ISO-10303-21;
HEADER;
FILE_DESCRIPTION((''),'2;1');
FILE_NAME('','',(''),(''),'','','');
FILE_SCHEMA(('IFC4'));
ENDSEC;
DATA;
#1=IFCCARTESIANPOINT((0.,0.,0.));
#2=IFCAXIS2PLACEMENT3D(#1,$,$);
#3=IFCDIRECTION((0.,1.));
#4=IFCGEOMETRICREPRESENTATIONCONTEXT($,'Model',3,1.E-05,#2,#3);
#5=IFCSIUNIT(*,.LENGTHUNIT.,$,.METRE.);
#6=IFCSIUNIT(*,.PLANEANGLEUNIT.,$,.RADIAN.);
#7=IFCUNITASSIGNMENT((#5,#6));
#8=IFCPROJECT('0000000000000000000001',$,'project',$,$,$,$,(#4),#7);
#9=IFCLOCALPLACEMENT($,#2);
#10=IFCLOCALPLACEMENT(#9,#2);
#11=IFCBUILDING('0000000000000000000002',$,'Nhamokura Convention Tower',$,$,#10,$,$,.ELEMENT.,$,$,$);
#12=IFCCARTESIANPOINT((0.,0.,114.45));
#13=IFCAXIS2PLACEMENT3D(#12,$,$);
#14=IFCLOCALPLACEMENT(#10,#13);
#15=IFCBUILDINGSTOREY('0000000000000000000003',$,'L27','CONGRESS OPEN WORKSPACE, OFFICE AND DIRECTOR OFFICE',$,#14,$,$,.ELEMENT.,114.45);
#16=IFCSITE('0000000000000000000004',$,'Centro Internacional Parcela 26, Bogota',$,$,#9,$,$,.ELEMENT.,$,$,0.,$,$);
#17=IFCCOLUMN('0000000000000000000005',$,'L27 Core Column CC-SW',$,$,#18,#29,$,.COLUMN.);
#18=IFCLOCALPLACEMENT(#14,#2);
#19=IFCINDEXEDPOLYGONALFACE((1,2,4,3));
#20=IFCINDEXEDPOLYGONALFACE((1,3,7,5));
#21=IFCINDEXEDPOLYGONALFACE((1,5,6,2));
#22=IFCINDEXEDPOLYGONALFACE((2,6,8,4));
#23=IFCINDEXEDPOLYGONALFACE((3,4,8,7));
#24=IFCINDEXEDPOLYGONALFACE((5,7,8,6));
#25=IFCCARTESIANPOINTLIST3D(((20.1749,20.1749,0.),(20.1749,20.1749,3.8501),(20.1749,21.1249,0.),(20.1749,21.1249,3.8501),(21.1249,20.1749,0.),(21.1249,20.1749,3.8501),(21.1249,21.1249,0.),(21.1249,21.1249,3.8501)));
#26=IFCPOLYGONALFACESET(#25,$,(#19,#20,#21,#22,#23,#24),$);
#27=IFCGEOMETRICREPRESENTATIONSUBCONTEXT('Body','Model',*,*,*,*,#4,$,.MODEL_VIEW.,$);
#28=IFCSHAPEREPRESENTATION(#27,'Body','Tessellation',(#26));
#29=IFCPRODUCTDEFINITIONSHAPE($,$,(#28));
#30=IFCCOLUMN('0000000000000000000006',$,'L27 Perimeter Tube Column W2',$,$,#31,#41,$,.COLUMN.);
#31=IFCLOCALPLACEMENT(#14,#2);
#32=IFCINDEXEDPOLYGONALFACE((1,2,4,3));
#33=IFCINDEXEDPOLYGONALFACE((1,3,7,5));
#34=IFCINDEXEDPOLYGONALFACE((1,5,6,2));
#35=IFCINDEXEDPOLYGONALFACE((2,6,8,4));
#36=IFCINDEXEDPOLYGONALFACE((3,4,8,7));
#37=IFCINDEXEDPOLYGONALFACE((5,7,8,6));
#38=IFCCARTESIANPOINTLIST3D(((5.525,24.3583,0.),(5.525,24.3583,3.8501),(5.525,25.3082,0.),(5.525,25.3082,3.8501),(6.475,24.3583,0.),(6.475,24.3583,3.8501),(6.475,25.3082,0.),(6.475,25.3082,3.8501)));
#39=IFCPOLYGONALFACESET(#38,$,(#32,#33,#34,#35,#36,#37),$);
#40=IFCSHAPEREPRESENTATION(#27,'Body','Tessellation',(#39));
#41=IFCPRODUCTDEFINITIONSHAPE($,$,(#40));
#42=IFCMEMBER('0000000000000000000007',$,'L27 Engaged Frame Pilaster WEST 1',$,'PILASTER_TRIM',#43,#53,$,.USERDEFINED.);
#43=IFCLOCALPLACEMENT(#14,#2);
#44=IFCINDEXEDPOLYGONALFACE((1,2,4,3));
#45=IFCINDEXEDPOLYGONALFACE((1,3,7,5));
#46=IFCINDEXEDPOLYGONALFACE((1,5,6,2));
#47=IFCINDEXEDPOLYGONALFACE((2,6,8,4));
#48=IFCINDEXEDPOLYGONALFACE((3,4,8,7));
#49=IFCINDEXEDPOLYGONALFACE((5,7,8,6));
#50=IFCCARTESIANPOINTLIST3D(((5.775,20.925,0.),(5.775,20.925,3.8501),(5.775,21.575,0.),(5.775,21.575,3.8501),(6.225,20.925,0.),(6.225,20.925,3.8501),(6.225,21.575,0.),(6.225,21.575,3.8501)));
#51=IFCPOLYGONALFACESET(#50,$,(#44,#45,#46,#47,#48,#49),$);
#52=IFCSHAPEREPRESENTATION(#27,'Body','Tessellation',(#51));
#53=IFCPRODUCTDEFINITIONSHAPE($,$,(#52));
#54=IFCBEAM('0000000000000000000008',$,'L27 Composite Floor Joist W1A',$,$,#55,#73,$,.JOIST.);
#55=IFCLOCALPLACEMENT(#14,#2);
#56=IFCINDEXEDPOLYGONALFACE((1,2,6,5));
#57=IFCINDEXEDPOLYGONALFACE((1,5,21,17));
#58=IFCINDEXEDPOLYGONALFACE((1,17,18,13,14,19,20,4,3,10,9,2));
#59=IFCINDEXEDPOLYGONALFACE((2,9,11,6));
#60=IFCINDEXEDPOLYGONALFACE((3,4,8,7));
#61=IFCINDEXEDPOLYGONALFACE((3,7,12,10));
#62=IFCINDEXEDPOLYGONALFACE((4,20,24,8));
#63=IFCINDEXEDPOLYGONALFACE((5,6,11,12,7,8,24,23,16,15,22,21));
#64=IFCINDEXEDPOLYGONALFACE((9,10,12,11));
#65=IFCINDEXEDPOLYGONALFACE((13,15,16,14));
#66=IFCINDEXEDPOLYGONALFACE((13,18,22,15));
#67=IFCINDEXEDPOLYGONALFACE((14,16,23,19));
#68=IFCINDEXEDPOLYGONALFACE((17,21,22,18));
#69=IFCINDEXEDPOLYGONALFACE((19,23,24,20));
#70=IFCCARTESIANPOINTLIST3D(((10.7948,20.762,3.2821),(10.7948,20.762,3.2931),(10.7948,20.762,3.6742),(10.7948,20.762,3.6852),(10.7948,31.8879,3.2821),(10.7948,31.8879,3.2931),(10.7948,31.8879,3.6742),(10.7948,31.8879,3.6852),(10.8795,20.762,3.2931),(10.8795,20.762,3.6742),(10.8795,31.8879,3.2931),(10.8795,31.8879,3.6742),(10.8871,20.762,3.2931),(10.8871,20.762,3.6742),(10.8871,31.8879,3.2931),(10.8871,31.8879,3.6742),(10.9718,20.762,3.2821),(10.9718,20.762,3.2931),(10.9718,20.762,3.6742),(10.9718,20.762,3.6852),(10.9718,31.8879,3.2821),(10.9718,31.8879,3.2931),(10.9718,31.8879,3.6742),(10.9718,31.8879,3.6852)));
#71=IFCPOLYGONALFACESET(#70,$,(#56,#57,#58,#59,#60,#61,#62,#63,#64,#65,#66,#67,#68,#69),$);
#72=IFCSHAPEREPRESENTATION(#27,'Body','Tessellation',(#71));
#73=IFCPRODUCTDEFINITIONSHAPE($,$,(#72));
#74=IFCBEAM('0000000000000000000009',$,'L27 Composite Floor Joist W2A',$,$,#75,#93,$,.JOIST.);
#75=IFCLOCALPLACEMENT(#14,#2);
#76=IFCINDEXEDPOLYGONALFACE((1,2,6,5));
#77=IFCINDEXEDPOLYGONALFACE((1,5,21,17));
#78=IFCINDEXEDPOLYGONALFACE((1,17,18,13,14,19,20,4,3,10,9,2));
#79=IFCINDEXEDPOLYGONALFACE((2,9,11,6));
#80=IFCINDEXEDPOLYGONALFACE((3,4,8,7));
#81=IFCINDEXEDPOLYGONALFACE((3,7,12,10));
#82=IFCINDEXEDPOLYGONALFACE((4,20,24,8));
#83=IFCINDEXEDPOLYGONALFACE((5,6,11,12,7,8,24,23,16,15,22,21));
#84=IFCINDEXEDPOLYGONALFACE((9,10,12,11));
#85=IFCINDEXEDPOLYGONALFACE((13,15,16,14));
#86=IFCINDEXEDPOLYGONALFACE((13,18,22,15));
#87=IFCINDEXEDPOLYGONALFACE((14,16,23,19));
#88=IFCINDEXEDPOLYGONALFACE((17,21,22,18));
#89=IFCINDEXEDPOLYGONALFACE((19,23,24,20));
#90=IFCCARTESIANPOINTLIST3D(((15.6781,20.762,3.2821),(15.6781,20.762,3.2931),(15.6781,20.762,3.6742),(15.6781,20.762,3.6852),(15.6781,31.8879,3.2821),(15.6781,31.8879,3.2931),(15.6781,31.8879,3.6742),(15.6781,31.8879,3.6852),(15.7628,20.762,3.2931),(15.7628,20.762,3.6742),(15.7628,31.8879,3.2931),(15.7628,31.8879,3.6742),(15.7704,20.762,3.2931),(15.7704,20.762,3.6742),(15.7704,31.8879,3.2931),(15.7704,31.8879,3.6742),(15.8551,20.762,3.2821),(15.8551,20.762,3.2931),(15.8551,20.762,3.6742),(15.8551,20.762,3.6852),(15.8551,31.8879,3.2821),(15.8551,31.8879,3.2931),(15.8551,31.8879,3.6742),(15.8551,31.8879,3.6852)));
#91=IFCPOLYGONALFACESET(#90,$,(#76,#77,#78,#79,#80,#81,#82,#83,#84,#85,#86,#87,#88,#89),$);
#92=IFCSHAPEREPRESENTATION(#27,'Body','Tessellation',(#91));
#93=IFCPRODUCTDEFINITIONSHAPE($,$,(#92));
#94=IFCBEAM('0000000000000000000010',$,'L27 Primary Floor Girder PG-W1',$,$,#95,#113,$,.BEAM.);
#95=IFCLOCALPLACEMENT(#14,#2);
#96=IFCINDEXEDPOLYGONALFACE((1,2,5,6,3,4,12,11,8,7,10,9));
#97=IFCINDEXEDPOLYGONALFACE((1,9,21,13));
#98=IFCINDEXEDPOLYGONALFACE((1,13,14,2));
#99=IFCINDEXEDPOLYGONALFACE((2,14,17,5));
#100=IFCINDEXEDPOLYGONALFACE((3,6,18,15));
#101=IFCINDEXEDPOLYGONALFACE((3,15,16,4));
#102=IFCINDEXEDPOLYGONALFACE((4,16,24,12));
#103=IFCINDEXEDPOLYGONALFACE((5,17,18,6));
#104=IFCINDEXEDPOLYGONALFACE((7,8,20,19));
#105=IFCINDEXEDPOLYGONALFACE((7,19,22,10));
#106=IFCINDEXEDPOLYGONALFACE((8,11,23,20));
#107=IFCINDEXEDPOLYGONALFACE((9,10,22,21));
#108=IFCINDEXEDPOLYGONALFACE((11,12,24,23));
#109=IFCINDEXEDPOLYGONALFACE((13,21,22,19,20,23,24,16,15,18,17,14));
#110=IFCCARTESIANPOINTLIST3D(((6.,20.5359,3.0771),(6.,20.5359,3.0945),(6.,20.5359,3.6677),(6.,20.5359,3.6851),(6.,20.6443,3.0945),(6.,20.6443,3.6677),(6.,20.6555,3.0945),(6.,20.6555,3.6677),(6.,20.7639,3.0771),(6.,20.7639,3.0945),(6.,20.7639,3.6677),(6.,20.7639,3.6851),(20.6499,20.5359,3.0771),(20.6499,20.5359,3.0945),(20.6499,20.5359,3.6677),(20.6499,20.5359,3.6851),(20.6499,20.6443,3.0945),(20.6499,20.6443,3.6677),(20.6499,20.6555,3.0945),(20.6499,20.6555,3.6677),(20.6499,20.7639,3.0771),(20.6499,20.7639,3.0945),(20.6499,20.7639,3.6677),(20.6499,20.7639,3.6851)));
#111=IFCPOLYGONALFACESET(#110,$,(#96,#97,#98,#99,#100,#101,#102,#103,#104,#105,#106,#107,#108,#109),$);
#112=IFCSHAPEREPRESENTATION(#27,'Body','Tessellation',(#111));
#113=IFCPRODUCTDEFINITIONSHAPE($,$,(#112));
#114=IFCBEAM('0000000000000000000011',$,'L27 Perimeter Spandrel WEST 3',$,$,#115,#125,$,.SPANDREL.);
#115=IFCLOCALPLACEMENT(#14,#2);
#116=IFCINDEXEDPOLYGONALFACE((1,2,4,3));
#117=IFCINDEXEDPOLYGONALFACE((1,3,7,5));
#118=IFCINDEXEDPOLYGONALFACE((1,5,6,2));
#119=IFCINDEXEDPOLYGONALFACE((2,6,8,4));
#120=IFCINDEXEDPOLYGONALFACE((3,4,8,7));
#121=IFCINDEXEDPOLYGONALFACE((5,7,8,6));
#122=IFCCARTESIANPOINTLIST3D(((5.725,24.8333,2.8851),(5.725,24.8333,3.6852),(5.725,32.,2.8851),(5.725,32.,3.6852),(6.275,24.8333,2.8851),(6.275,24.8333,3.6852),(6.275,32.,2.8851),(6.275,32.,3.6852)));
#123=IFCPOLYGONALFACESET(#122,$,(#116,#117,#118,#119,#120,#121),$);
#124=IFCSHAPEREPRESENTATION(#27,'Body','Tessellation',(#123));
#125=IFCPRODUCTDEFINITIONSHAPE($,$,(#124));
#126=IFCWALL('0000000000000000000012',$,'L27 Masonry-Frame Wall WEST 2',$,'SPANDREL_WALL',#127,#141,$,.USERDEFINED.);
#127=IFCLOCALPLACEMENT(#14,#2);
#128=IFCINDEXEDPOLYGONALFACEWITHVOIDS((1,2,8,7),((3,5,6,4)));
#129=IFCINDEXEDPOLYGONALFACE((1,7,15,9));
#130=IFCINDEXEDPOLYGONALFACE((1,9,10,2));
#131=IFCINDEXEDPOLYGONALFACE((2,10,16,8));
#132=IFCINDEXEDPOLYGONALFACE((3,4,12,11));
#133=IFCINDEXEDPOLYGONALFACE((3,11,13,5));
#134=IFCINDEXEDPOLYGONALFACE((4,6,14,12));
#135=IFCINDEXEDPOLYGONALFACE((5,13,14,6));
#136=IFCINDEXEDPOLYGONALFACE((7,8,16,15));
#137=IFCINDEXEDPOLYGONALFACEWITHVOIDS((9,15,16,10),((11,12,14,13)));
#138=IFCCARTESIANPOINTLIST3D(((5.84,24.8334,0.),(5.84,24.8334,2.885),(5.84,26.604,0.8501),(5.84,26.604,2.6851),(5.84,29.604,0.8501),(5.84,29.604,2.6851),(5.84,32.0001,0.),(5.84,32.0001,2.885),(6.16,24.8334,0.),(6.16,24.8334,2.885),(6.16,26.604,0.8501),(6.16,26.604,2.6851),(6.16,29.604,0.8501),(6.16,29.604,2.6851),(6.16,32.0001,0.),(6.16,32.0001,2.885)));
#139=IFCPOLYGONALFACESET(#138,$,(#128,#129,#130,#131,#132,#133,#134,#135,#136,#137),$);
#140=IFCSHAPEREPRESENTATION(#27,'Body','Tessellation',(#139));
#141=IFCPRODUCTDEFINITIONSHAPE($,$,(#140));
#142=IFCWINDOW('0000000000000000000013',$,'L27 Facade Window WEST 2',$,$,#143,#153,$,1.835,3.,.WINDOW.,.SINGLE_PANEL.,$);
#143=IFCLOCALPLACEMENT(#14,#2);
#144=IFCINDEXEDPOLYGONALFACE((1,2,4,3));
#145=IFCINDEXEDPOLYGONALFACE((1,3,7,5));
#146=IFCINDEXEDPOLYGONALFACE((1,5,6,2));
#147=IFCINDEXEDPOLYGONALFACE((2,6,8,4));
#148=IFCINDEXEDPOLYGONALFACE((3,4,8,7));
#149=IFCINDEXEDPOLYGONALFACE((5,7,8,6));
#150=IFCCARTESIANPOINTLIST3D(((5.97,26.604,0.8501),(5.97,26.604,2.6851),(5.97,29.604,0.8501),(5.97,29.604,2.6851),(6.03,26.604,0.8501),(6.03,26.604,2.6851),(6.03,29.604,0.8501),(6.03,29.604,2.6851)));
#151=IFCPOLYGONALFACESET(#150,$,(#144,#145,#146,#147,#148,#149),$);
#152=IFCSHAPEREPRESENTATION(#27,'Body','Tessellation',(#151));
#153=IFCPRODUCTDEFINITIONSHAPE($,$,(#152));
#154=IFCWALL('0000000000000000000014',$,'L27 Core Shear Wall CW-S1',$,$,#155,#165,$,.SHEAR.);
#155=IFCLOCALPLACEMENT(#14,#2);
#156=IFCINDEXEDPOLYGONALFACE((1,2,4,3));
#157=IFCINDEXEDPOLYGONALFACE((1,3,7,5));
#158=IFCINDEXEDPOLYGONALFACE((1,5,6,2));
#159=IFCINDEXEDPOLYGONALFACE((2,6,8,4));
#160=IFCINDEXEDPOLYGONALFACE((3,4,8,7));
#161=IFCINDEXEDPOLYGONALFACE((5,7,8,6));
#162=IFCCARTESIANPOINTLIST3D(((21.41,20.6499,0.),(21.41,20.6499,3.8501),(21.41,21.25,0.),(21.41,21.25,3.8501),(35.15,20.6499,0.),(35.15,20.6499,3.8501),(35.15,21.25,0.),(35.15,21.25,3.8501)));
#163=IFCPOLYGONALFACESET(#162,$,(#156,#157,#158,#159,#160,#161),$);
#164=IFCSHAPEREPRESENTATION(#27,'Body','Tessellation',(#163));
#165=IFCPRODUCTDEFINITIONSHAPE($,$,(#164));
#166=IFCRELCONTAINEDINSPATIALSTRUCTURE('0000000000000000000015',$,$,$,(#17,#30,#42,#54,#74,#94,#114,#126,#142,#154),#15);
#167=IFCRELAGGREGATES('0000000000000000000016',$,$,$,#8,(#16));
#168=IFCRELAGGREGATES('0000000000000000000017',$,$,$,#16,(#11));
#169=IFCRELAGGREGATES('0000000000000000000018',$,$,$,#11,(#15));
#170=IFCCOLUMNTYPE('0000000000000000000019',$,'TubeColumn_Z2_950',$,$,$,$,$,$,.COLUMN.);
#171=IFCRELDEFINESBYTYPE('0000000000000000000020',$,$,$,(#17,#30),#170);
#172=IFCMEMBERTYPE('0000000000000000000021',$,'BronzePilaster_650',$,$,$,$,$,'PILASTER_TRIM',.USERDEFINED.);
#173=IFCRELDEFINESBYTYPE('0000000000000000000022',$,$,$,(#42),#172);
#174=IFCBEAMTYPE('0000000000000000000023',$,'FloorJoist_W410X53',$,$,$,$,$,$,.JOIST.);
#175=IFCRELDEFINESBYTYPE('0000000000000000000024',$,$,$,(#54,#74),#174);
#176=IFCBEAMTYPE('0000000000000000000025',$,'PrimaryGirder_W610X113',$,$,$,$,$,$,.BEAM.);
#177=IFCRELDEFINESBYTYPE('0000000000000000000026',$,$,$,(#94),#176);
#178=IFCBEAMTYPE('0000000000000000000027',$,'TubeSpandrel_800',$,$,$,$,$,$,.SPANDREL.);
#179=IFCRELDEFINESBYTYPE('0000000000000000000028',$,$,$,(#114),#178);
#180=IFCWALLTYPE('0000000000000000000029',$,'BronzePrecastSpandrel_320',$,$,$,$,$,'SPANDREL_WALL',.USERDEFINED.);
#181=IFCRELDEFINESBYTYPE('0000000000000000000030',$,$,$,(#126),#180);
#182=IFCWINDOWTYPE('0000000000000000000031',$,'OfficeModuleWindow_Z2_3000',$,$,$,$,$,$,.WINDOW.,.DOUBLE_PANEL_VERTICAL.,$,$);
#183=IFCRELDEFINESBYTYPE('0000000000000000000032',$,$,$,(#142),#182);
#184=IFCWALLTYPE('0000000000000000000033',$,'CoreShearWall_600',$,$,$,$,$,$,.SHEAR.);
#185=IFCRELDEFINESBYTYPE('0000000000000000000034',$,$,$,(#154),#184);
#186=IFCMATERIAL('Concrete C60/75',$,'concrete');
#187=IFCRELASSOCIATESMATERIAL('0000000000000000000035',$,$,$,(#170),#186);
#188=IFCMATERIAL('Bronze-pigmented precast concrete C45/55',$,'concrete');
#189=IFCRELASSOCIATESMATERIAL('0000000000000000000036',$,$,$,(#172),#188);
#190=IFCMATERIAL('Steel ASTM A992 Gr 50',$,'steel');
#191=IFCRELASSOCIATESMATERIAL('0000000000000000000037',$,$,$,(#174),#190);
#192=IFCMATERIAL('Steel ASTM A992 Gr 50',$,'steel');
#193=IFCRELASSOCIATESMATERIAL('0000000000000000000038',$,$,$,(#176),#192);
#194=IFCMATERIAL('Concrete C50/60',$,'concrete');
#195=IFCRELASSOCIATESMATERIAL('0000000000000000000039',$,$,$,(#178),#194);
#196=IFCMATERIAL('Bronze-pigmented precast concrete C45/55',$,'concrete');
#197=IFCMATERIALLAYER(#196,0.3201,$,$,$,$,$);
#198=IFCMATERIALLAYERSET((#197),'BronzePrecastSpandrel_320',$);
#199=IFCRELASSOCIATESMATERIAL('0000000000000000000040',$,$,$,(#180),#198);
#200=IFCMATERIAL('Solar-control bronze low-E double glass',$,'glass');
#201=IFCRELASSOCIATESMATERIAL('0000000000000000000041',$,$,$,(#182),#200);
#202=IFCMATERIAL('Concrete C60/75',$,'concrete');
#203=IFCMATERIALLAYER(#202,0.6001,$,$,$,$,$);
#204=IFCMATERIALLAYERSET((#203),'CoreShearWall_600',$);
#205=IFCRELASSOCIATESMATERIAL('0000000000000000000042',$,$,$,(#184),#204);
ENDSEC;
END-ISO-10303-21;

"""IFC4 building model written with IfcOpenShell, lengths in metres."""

from ifc_helpers import new_model, si_unit, direction, frame, frame_2d, origin, origin_2d, place, context, subcontext, project, spatial, rectangle, i_section, extrude, material, layer, layer_set, material_profile, profile_set, type_object, element, fill, save


model = new_model("IFC4")

# Units and contexts
model_context = context("Model", 3, precision=1e-05, world=origin(), true_north=direction((0.0, 1.0)))
body_context = subcontext(model_context, "Body", "Model", "MODEL_VIEW")
ifc_project = project(units=[si_unit("LENGTHUNIT", "METRE"), si_unit("PLANEANGLEUNIT", "RADIAN")], contexts=[model_context])

# Site, building, storey
site_placement = place(None, origin())
site = spatial("IfcSite", under=ifc_project, at=site_placement, Name="Centro Internacional Parcela 26, Bogota", CompositionType="ELEMENT", RefElevation=0.0)
building_placement = place(site_placement, origin())
building = spatial("IfcBuilding", under=site, at=building_placement, Name="Nhamokura Convention Tower", CompositionType="ELEMENT")
storey_placement = place(building_placement, frame((0.0, 0.0, 114.45)))
storey = spatial("IfcBuildingStorey", under=building, at=storey_placement, Name="L27", Description="CONGRESS OPEN WORKSPACE, OFFICE AND DIRECTOR OFFICE", CompositionType="ELEMENT", Elevation=114.45)

# Columns
ifc_material_1 = material(Name="Concrete C60/75", Category="concrete")
ifc_material_profile_1 = material_profile(ifc_material_1, rectangle(XDim=0.95, YDim=0.95, at=origin_2d()))
ifc_profile_set_1 = profile_set([ifc_material_profile_1], Name="Concrete C60/75")
column_type = type_object("IfcColumnType", Name="TubeColumn_Z2_950", PredefinedType="COLUMN", material=ifc_profile_set_1)
for number, where, z_axis, x_axis, name in (
    (1, (20.6499, 20.6499, 0.0), (0.0, 0.0, 1.0), (1.0, 0.0, 0.0), "L27 Core Column CC-SW"),
    (2, (6.0, 24.8333, 0.0), (0.0, 0.0, 1.0), (1.0, 0.0, 0.0), "L27 Perimeter Tube Column W2"),
):
    element("IfcColumn", number, at=place(storey_placement, frame(where, z_axis=z_axis, x_axis=x_axis)), inside=storey, type_object=column_type, Name=name, PredefinedType="COLUMN", context=body_context, shape_type="SweptSolid", body=[
        extrude(rectangle(XDim=0.95, YDim=0.95, at=origin_2d()), origin(), (0.0, 0.0, 1.0), 3.8501),
    ])

# Member
ifc_material_2 = material(Name="Bronze-pigmented precast concrete C45/55", Category="concrete")
ifc_material_profile_2 = material_profile(ifc_material_2, rectangle(XDim=0.45, YDim=0.6499, at=origin_2d()))
ifc_profile_set_2 = profile_set([ifc_material_profile_2], Name="Bronze-pigmented precast concrete C45/55")
member_type = type_object("IfcMemberType", Name="BronzePilaster_650", ElementType="PILASTER_TRIM", PredefinedType="USERDEFINED", material=ifc_profile_set_2)
member_placement = place(storey_placement, frame((6.0, 21.25, 0.0), z_axis=(0.0, 0.0, 1.0), x_axis=(1.0, 0.0, 0.0)))
element("IfcMember", 3, at=member_placement, inside=storey, type_object=member_type, Name="L27 Engaged Frame Pilaster WEST 1", ObjectType="PILASTER_TRIM", PredefinedType="USERDEFINED", context=body_context, shape_type="SweptSolid", body=[
    extrude(rectangle(XDim=0.45, YDim=0.6499, at=origin_2d()), origin(), (0.0, 0.0, 1.0), 3.8501),
])

# Beams
ifc_material_3 = material(Name="Steel ASTM A992 Gr 50", Category="steel")
ifc_material_profile_3 = material_profile(ifc_material_3, i_section(OverallWidth=0.177, OverallDepth=0.4031, WebThickness=0.0076, FlangeThickness=0.011, at=origin_2d()))
ifc_profile_set_3 = profile_set([ifc_material_profile_3], Name="Steel ASTM A992 Gr 50")
beam_type_1 = type_object("IfcBeamType", Name="FloorJoist_W410X53", PredefinedType="JOIST", material=ifc_profile_set_3)
for number, where, z_axis, x_axis, name in (
    (4, (10.8833, 20.762, 3.4836), (0.0, 1.0, 0.0), (-1.0, 0.0, 0.0), "L27 Composite Floor Joist W1A"),
    (5, (15.7666, 20.762, 3.4836), (0.0, 1.0, 0.0), (-1.0, 0.0, 0.0), "L27 Composite Floor Joist W2A"),
):
    element("IfcBeam", number, at=place(storey_placement, frame(where, z_axis=z_axis, x_axis=x_axis)), inside=storey, type_object=beam_type_1, Name=name, PredefinedType="JOIST", context=body_context, shape_type="SweptSolid", body=[
        extrude(i_section(OverallWidth=0.177, OverallDepth=0.4031, WebThickness=0.0076, FlangeThickness=0.011, at=origin_2d()), origin(), (0.0, 0.0, 1.0), 11.126),
    ])
ifc_material_4 = material(Name="Steel ASTM A992 Gr 50", Category="steel")
ifc_material_profile_4 = material_profile(ifc_material_4, i_section(OverallWidth=0.228, OverallDepth=0.6079, WebThickness=0.0112, FlangeThickness=0.0173, at=origin_2d()))
ifc_profile_set_4 = profile_set([ifc_material_profile_4], Name="Steel ASTM A992 Gr 50")
beam_type_2 = type_object("IfcBeamType", Name="PrimaryGirder_W610X113", PredefinedType="BEAM", material=ifc_profile_set_4)
beam_1_placement = place(storey_placement, frame((6.0, 20.6499, 3.3811), z_axis=(1.0, 0.0, 0.0), x_axis=(0.0, 1.0, 0.0)))
element("IfcBeam", 6, at=beam_1_placement, inside=storey, type_object=beam_type_2, Name="L27 Primary Floor Girder PG-W1", PredefinedType="BEAM", context=body_context, shape_type="SweptSolid", body=[
    extrude(i_section(OverallWidth=0.228, OverallDepth=0.6079, WebThickness=0.0112, FlangeThickness=0.0173, at=origin_2d()), origin(), (0.0, 0.0, 1.0), 14.6499),
])
ifc_material_5 = material(Name="Concrete C50/60", Category="concrete")
ifc_material_profile_5 = material_profile(ifc_material_5, rectangle(XDim=0.55, YDim=0.8, at=origin_2d()))
ifc_profile_set_5 = profile_set([ifc_material_profile_5], Name="Concrete C50/60")
beam_type_3 = type_object("IfcBeamType", Name="TubeSpandrel_800", PredefinedType="SPANDREL", material=ifc_profile_set_5)
beam_2_placement = place(storey_placement, frame((6.0, 24.8333, 3.2852), z_axis=(0.0, 1.0, 0.0), x_axis=(-1.0, 0.0, 0.0)))
element("IfcBeam", 7, at=beam_2_placement, inside=storey, type_object=beam_type_3, Name="L27 Perimeter Spandrel WEST 3", PredefinedType="SPANDREL", context=body_context, shape_type="SweptSolid", body=[
    extrude(rectangle(XDim=0.55, YDim=0.8, at=origin_2d()), origin(), (0.0, 0.0, 1.0), 7.1667),
])

# Wall, opening, window
ifc_material_6 = material(Name="Bronze-pigmented precast concrete C45/55", Category="concrete")
ifc_layer_1 = layer(ifc_material_6, 0.3201)
ifc_layer_set_1 = layer_set([ifc_layer_1], Name="BronzePrecastSpandrel_320")
wall_type_1 = type_object("IfcWallType", Name="BronzePrecastSpandrel_320", ElementType="SPANDREL_WALL", PredefinedType="USERDEFINED", material=ifc_layer_set_1)
wall_1_placement = place(storey_placement, frame((6.0, 24.8333, 0.0), z_axis=(0.0, 0.0, 1.0), x_axis=(0.0, 1.0, 0.0)))
wall_1 = element("IfcWall", 8, at=wall_1_placement, inside=storey, type_object=wall_type_1, Name="L27 Masonry-Frame Wall WEST 2", ObjectType="SPANDREL_WALL", PredefinedType="USERDEFINED", context=body_context, shape_type="SweptSolid", body=[
    extrude(rectangle(XDim=7.1667, YDim=0.3201, at=frame_2d((3.5835, 0.0))), origin(), (0.0, 0.0, 1.0), 2.885),
])
opening_1_placement = place(wall_1_placement, frame((1.7708, 0.0, 0.8501)))
opening_1 = element("IfcOpeningElement", 9, at=opening_1_placement, cuts=wall_1, PredefinedType="OPENING", context=body_context, shape_type="SweptSolid", body=[
    extrude(rectangle(XDim=3.0, YDim=1.835, at=frame_2d((1.5, 0.9175))), frame((0.0, 0.1699, 0.0), z_axis=(0.0, -1.0, 0.0), x_axis=(1.0, 0.0, 0.0)), (0.0, 0.0, 1.0), 0.3401),
])
ifc_material_7 = material(Name="Solar-control bronze low-E double glass", Category="glass")
window_type = type_object("IfcWindowType", Name="OfficeModuleWindow_Z2_3000", PartitioningType="DOUBLE_PANEL_VERTICAL", PredefinedType="WINDOW", material=ifc_material_7)
window_placement = place(opening_1_placement, origin())
window = element("IfcWindow", 10, at=window_placement, inside=storey, type_object=window_type, Name="L27 Facade Window WEST 2", OverallHeight=1.835, OverallWidth=3.0, PartitioningType="SINGLE_PANEL", PredefinedType="WINDOW", context=body_context, shape_type="SweptSolid", body=[
    extrude(rectangle(XDim=3.0, YDim=1.835, at=frame_2d((1.5, 0.9175))), frame((0.0, 0.03, 0.0), z_axis=(0.0, -1.0, 0.0), x_axis=(1.0, 0.0, 0.0)), (0.0, 0.0, 1.0), 0.0601),
])
fill(opening_1, window)

# Shared definitions
ifc_material_8 = material(Name="Concrete C60/75", Category="concrete")
ifc_layer_2 = layer(ifc_material_8, 0.6001)
ifc_layer_set_2 = layer_set([ifc_layer_2], Name="CoreShearWall_600")
wall_type_2 = type_object("IfcWallType", Name="CoreShearWall_600", PredefinedType="SHEAR", material=ifc_layer_set_2)

# Wall
wall_2_placement = place(storey_placement, frame((21.4099, 20.95, 0.0), z_axis=(0.0, 0.0, 1.0), x_axis=(1.0, 0.0, 0.0)))
element("IfcWall", 11, at=wall_2_placement, inside=storey, type_object=wall_type_2, Name="L27 Core Shear Wall CW-S1", PredefinedType="SHEAR", context=body_context, shape_type="SweptSolid", body=[
    extrude(rectangle(XDim=13.74, YDim=0.6001, at=frame_2d((6.8701, 0.0))), origin(), (0.0, 0.0, 1.0), 3.8501),
])

save(model, "model.ifc")
